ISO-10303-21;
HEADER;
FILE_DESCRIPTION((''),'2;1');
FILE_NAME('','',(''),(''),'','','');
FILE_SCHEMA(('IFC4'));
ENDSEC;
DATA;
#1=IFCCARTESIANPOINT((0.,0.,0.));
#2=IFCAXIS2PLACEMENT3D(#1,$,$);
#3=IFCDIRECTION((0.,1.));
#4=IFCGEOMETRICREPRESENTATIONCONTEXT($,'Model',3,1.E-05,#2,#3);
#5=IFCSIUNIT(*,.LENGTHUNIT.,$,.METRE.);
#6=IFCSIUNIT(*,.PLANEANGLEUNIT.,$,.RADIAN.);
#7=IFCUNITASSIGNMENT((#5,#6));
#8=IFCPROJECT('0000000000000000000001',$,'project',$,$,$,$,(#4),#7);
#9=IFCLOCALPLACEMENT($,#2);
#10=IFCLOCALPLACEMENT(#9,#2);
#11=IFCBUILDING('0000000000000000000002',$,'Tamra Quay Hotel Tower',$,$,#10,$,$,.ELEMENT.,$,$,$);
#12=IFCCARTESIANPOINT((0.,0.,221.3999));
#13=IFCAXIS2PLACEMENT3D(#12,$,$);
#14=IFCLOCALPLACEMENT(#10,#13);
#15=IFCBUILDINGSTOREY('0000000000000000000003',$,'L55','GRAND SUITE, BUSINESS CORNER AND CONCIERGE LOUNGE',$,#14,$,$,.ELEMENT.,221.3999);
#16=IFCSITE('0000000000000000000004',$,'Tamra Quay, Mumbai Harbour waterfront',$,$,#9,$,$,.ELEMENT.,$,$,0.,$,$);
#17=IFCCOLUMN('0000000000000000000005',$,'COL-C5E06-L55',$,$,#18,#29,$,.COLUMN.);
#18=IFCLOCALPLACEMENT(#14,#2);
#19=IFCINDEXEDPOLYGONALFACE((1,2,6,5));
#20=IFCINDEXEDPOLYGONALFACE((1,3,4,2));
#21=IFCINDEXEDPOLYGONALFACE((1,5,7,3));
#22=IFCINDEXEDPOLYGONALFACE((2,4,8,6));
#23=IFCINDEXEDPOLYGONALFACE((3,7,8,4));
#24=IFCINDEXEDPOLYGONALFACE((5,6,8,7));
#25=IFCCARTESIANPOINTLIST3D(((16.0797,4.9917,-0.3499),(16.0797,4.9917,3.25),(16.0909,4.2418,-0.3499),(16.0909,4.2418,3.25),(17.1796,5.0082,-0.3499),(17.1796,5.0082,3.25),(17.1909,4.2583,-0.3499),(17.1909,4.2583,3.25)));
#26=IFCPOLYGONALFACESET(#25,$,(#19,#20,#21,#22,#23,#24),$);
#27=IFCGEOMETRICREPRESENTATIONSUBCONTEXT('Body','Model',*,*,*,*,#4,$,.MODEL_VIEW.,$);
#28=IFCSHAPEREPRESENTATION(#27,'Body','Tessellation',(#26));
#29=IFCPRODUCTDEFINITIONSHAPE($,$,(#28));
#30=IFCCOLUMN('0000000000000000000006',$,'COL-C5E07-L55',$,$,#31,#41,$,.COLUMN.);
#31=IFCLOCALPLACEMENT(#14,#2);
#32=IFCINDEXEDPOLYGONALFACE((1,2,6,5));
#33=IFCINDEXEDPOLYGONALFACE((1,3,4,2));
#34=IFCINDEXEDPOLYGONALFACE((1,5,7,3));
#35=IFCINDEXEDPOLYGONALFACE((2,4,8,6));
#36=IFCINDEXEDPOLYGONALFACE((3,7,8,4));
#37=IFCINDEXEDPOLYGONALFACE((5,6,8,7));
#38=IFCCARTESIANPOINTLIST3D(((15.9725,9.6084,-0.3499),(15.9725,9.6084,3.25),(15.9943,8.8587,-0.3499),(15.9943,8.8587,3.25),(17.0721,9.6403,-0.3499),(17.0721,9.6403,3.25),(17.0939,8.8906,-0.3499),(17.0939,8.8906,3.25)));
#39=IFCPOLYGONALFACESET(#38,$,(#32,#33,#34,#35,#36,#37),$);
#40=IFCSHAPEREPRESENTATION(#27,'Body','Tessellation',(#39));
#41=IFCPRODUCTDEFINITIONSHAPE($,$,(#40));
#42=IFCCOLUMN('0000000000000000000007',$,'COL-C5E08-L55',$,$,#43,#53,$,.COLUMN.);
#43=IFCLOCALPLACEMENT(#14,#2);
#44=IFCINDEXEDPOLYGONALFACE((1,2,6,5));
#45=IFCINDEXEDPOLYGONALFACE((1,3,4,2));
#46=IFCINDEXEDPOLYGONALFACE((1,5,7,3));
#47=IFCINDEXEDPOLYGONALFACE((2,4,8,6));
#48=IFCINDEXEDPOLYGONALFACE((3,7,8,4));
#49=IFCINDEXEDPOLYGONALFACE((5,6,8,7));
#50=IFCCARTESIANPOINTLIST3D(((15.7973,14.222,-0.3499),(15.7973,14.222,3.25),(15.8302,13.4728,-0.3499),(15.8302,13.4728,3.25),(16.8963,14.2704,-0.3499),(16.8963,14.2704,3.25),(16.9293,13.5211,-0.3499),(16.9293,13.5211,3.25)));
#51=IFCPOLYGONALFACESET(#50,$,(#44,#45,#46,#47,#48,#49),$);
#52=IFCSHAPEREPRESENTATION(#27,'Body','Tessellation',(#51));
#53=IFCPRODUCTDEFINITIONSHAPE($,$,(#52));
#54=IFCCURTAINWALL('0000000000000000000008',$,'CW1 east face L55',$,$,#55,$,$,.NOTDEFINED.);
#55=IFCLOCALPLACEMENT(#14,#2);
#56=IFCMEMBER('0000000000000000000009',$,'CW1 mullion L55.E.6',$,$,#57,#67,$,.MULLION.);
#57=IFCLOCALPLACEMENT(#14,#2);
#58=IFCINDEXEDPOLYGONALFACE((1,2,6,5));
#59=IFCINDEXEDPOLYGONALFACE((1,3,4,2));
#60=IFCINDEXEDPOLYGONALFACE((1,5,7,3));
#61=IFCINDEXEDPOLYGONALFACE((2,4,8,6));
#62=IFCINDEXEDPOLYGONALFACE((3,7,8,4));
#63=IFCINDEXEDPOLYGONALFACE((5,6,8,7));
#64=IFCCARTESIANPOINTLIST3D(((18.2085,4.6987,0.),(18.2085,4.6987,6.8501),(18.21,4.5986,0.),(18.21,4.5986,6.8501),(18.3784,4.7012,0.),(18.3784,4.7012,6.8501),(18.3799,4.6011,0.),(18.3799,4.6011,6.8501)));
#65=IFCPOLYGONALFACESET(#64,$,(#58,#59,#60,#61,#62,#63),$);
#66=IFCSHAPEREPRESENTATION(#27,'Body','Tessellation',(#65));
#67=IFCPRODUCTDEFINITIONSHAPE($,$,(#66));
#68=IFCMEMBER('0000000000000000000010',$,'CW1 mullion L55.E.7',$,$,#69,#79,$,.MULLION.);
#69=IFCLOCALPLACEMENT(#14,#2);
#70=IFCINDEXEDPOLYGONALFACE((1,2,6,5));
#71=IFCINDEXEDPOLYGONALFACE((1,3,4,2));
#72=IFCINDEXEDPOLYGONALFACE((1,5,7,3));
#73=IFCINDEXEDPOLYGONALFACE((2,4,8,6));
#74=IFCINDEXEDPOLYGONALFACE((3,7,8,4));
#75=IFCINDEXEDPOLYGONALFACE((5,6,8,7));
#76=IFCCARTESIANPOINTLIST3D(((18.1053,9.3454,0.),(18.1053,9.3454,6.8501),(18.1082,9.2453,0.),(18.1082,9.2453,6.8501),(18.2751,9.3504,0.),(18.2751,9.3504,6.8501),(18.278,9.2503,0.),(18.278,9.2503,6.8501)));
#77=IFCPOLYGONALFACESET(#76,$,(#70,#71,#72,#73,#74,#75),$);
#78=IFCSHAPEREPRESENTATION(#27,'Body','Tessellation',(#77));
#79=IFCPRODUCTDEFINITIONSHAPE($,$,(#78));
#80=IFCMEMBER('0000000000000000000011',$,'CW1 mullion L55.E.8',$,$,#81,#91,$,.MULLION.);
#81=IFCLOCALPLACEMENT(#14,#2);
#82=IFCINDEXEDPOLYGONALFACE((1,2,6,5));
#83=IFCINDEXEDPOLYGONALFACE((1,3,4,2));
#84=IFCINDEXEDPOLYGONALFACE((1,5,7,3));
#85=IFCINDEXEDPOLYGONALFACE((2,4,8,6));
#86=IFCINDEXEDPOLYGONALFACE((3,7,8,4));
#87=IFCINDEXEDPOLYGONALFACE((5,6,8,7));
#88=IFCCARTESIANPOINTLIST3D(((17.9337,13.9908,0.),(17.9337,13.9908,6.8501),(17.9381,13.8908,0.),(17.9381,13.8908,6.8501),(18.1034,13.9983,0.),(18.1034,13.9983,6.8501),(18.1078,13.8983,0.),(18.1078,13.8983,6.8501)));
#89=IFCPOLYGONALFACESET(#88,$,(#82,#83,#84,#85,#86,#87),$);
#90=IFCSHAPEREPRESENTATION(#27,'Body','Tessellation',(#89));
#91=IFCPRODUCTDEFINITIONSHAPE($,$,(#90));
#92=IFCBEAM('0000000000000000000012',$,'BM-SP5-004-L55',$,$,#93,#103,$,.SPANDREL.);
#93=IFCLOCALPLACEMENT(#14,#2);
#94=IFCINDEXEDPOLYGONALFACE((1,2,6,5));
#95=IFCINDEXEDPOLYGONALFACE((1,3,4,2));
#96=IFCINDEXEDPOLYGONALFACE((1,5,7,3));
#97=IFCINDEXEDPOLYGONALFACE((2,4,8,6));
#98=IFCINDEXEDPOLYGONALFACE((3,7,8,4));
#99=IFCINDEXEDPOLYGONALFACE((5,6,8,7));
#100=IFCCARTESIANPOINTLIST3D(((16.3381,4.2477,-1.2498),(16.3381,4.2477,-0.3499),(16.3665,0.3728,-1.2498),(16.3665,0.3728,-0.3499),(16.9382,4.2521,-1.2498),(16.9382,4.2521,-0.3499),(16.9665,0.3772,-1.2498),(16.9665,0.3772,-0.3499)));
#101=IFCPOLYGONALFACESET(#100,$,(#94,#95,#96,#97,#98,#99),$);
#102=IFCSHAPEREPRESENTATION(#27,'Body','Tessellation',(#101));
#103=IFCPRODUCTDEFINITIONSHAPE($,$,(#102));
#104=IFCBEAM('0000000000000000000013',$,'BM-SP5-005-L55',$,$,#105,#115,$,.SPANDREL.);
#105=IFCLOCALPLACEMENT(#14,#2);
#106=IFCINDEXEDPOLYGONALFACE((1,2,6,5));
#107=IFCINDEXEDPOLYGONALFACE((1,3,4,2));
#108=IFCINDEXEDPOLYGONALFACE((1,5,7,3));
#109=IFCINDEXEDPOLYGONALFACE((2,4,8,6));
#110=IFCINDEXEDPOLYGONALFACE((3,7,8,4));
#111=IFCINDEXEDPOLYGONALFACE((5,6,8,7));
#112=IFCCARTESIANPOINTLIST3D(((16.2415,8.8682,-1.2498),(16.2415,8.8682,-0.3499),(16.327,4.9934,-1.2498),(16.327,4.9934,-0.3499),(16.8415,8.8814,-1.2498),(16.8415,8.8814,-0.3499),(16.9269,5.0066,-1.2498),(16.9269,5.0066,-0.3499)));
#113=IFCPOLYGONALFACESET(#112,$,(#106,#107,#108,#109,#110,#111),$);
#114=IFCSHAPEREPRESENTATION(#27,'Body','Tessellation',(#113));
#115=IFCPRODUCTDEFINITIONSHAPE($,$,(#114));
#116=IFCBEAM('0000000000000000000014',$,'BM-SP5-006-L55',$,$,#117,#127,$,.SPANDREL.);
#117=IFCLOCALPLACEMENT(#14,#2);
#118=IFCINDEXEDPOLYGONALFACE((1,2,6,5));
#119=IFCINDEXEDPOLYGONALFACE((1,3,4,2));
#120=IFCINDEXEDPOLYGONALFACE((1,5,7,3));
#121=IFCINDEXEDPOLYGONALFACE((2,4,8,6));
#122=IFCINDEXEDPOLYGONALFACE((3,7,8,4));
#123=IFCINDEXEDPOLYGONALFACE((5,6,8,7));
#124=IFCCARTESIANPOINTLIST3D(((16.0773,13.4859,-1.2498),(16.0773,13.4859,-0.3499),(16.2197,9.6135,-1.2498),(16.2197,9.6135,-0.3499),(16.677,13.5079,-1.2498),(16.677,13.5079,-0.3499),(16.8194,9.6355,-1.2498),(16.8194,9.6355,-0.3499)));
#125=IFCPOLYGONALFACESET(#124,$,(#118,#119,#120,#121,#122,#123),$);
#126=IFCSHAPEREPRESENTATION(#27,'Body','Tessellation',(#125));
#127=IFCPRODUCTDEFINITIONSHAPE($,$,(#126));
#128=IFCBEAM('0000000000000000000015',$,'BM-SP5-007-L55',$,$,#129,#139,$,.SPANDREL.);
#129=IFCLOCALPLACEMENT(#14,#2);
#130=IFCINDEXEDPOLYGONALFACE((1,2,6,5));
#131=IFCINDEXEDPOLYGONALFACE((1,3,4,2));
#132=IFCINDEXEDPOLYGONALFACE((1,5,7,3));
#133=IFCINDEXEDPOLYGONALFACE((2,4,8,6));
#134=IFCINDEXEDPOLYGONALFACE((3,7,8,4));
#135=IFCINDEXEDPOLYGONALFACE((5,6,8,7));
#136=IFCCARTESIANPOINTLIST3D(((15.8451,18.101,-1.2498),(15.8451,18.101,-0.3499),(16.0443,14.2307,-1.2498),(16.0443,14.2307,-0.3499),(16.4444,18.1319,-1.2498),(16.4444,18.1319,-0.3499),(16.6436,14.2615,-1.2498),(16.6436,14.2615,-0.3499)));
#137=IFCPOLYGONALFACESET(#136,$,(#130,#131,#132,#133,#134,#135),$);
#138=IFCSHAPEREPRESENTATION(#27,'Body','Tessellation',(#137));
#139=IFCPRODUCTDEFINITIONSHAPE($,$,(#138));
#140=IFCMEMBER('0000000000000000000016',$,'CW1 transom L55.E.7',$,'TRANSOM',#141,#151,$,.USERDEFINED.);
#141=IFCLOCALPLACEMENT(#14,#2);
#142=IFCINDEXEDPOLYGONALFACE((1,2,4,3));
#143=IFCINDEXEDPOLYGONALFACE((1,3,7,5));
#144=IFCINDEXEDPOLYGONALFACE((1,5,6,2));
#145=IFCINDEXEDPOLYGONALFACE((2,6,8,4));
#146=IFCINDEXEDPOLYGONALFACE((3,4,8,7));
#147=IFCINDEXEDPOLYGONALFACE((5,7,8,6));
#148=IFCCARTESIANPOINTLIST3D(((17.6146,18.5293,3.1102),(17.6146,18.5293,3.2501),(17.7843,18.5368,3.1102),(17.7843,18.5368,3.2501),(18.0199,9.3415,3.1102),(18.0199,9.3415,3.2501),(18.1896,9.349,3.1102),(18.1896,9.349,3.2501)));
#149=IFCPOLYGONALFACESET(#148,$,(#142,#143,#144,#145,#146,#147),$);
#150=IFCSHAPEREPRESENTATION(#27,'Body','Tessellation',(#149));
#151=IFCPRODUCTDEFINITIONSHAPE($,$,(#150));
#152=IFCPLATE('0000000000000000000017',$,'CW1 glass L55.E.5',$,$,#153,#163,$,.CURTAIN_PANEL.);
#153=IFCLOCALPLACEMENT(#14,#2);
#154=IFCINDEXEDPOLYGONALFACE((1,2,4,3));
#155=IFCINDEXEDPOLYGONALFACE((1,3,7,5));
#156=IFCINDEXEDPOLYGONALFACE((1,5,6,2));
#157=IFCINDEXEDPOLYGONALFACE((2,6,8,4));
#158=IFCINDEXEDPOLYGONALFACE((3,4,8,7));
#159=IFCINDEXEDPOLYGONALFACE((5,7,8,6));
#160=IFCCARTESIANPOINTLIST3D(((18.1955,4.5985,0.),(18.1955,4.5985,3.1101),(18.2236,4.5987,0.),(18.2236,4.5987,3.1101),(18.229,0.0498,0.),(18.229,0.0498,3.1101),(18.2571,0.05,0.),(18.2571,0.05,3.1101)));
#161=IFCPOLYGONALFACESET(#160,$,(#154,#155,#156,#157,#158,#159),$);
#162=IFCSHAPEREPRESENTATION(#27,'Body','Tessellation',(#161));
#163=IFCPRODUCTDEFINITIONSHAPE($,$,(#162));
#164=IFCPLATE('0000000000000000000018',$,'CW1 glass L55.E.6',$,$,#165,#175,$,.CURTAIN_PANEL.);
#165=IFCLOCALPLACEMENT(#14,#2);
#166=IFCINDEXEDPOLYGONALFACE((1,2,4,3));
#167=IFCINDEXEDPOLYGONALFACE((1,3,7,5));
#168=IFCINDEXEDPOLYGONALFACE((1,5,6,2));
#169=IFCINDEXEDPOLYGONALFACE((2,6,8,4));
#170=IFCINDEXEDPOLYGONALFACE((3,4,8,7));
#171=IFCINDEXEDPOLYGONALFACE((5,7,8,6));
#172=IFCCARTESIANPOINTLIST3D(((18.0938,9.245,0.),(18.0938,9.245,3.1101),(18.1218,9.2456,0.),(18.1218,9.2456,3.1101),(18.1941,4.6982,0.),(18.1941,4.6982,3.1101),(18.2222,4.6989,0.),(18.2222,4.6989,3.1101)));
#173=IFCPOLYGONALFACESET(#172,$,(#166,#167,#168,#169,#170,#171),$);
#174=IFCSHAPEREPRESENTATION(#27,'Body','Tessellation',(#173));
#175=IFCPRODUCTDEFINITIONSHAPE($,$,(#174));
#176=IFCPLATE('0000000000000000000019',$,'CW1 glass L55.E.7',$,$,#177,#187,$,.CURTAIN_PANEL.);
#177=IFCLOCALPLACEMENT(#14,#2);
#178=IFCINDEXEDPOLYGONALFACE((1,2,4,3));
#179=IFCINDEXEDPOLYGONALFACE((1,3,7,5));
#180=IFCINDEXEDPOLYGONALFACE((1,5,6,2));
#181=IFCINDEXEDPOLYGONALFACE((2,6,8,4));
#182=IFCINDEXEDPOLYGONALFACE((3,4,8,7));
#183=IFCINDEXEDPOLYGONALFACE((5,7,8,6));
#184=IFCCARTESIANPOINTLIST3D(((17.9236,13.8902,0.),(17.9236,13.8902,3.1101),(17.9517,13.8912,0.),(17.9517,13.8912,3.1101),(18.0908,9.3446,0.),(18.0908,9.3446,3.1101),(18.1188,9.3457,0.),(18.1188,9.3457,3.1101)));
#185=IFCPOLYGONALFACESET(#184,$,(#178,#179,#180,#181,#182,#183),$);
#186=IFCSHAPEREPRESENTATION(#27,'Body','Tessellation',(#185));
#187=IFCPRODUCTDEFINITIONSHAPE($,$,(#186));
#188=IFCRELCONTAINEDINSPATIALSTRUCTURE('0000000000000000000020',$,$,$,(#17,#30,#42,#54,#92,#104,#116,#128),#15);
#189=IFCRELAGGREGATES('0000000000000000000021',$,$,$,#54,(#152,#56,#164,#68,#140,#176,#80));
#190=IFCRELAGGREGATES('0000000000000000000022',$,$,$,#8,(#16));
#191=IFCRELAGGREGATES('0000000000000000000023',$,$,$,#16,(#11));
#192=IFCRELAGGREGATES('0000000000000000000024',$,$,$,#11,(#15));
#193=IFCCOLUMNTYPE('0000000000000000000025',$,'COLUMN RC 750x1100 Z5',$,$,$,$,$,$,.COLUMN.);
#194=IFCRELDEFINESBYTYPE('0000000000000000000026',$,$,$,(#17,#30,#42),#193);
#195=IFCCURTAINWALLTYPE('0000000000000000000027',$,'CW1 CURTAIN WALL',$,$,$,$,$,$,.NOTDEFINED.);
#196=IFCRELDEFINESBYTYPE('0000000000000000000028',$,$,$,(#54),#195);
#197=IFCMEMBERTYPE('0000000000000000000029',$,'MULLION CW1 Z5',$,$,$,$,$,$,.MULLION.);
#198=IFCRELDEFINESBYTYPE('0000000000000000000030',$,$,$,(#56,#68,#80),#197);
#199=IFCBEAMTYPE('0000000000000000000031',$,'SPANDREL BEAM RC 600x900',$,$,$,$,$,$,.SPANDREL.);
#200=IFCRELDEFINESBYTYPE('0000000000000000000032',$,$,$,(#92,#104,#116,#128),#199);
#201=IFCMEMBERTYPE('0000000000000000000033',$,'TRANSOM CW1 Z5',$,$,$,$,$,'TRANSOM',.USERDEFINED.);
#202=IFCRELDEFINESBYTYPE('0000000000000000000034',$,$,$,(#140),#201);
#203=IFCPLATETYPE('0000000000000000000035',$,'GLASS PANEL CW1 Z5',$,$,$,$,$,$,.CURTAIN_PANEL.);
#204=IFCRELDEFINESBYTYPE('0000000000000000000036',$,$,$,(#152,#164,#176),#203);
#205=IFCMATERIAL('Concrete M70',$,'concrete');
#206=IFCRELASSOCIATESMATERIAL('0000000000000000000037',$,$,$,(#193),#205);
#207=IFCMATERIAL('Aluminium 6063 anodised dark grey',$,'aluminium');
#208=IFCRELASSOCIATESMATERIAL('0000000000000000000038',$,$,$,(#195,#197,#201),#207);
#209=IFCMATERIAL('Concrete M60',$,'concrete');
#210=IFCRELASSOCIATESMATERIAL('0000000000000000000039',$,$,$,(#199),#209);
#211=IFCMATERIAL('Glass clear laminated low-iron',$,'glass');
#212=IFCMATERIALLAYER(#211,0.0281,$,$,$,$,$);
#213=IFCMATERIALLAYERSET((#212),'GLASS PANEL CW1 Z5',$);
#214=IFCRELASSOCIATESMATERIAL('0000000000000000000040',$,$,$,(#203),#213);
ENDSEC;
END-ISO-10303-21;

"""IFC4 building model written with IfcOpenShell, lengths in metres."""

from ifc_helpers import new_model, si_unit, direction, frame, origin, origin_2d, place, context, subcontext, project, spatial, rectangle, extrude, material, layer, layer_set, material_profile, profile_set, type_object, element, aggregate, save


model = new_model("IFC4")

# Units and contexts
model_context = context("Model", 3, precision=1e-05, world=origin(), true_north=direction((0.0, 1.0)))
body_context = subcontext(model_context, "Body", "Model", "MODEL_VIEW")
ifc_project = project(units=[si_unit("LENGTHUNIT", "METRE"), si_unit("PLANEANGLEUNIT", "RADIAN")], contexts=[model_context])

# Site, building, storey
site_placement = place(None, origin())
site = spatial("IfcSite", under=ifc_project, at=site_placement, Name="Tamra Quay, Mumbai Harbour waterfront", CompositionType="ELEMENT", RefElevation=0.0)
building_placement = place(site_placement, origin())
building = spatial("IfcBuilding", under=site, at=building_placement, Name="Tamra Quay Hotel Tower", CompositionType="ELEMENT")
storey_placement = place(building_placement, frame((0.0, 0.0, 221.3999)))
storey = spatial("IfcBuildingStorey", under=building, at=storey_placement, Name="L55", Description="GRAND SUITE, BUSINESS CORNER AND CONCIERGE LOUNGE", CompositionType="ELEMENT", Elevation=221.3999)

# Columns
ifc_material_1 = material(Name="Concrete M70", Category="concrete")
ifc_material_profile_1 = material_profile(ifc_material_1, rectangle(XDim=1.1001, YDim=0.75, at=origin_2d()), Name="COLUMN RC 750x1100 Z5")
ifc_profile_set_1 = profile_set([ifc_material_profile_1], Name="Concrete M70")
column_type = type_object("IfcColumnType", Name="COLUMN RC 750x1100 Z5", PredefinedType="COLUMN", material=ifc_profile_set_1)
for number, where, z_axis, x_axis, name in (
    (1, (16.6353, 4.625, -0.3499), (0.0, 0.0, 1.0), (0.999888, 0.014959, 0.0), "COL-C5E06-L55"),
    (2, (16.5332, 9.2495, -0.3499), (0.0, 0.0, 1.0), (0.999579, 0.029028, 0.0), "COL-C5E07-L55"),
    (3, (16.3633, 13.8716, -0.3499), (0.0, 0.0, 1.0), (0.999033, 0.043958, 0.0), "COL-C5E08-L55"),
):
    element("IfcColumn", number, at=place(storey_placement, frame(where, z_axis=z_axis, x_axis=x_axis)), inside=storey, type_object=column_type, Name=name, PredefinedType="COLUMN", context=body_context, shape_type="SweptSolid", body=[
        extrude(rectangle(XDim=1.1001, YDim=0.75, at=origin_2d()), origin(), (0.0, 0.0, 1.0), 3.5999),
    ])

# Curtain wall, members
ifc_material_2 = material(Name="Aluminium 6063 anodised dark grey", Category="aluminium")
curtain_wall_type = type_object("IfcCurtainWallType", Name="CW1 CURTAIN WALL", PredefinedType="NOTDEFINED", material=ifc_material_2)
curtain_wall_placement = place(storey_placement, origin())
curtain_wall = element("IfcCurtainWall", 4, at=curtain_wall_placement, inside=storey, type_object=curtain_wall_type, Name="CW1 east face L55", PredefinedType="NOTDEFINED")
ifc_material_profile_2 = material_profile(ifc_material_2, rectangle(XDim=0.1699, YDim=0.1001, at=origin_2d()), Name="MULLION 100X170")
ifc_profile_set_2 = profile_set([ifc_material_profile_2], Name="Aluminium 6063 anodised dark grey")
member_type_1 = type_object("IfcMemberType", Name="MULLION CW1 Z5", PredefinedType="MULLION", material=ifc_profile_set_2)
member_1_placement = place(storey_placement, frame((18.2942, 4.6499, 0.0), z_axis=(0.0, 0.0, 1.0), x_axis=(0.999892, 0.014713, 0.0)))
member_1 = element("IfcMember", 5, at=member_1_placement, type_object=member_type_1, Name="CW1 mullion L55.E.6", PredefinedType="MULLION", context=body_context, shape_type="SweptSolid", body=[
    extrude(rectangle(XDim=0.1699, YDim=0.1001, at=origin_2d()), origin(), (0.0, 0.0, 1.0), 6.8501),
])
member_2_placement = place(storey_placement, frame((18.1917, 9.2979, 0.0), z_axis=(0.0, 0.0, 1.0), x_axis=(0.999568, 0.029405, 0.0)))
member_2 = element("IfcMember", 6, at=member_2_placement, type_object=member_type_1, Name="CW1 mullion L55.E.7", PredefinedType="MULLION", context=body_context, shape_type="SweptSolid", body=[
    extrude(rectangle(XDim=0.1699, YDim=0.1001, at=origin_2d()), origin(), (0.0, 0.0, 1.0), 6.8501),
])
member_3_placement = place(storey_placement, frame((18.0208, 13.9446, 0.0), z_axis=(0.0, 0.0, 1.0), x_axis=(0.999028, 0.044075, 0.0)))
member_3 = element("IfcMember", 7, at=member_3_placement, type_object=member_type_1, Name="CW1 mullion L55.E.8", PredefinedType="MULLION", context=body_context, shape_type="SweptSolid", body=[
    extrude(rectangle(XDim=0.1699, YDim=0.1001, at=origin_2d()), origin(), (0.0, 0.0, 1.0), 6.8501),
])

# Beams
ifc_material_3 = material(Name="Concrete M60", Category="concrete")
ifc_material_profile_3 = material_profile(ifc_material_3, rectangle(XDim=0.6001, YDim=0.8999, at=origin_2d()), Name="SPANDREL BEAM RC 600x900")
ifc_profile_set_3 = profile_set([ifc_material_profile_3], Name="Concrete M60")
beam_type = type_object("IfcBeamType", Name="SPANDREL BEAM RC 600x900", PredefinedType="SPANDREL", material=ifc_profile_set_3)
beam_1_placement = place(storey_placement, frame((16.6665, 0.375, -0.7998), z_axis=(-0.007308, 0.999973, 0.0), x_axis=(-0.999973, -0.007308, 0.0)))
element("IfcBeam", 8, at=beam_1_placement, inside=storey, type_object=beam_type, Name="BM-SP5-004-L55", PredefinedType="SPANDREL", context=body_context, shape_type="SweptSolid", body=[
    extrude(rectangle(XDim=0.6001, YDim=0.8999, at=origin_2d()), origin(), (0.0, 0.0, 1.0), 3.875),
])
beam_2_placement = place(storey_placement, frame((16.627, 5.0, -0.7998), z_axis=(-0.022047, 0.999757, 0.0), x_axis=(-0.999757, -0.022047, 0.0)))
element("IfcBeam", 9, at=beam_2_placement, inside=storey, type_object=beam_type, Name="BM-SP5-005-L55", PredefinedType="SPANDREL", context=body_context, shape_type="SweptSolid", body=[
    extrude(rectangle(XDim=0.6001, YDim=0.8999, at=origin_2d()), origin(), (0.0, 0.0, 1.0), 3.8757),
])
beam_3_placement = place(storey_placement, frame((16.5195, 9.6245, -0.7998), z_axis=(-0.036732, 0.999325, 0.0), x_axis=(-0.999325, -0.036732, 0.0)))
element("IfcBeam", 10, at=beam_3_placement, inside=storey, type_object=beam_type, Name="BM-SP5-006-L55", PredefinedType="SPANDREL", context=body_context, shape_type="SweptSolid", body=[
    extrude(rectangle(XDim=0.6001, YDim=0.8999, at=origin_2d()), origin(), (0.0, 0.0, 1.0), 3.875),
])
beam_4_placement = place(storey_placement, frame((16.344, 14.2461, -0.7998), z_axis=(-0.051405, 0.998678, 0.0), x_axis=(-0.998678, -0.051405, 0.0)))
element("IfcBeam", 11, at=beam_4_placement, inside=storey, type_object=beam_type, Name="BM-SP5-007-L55", PredefinedType="SPANDREL", context=body_context, shape_type="SweptSolid", body=[
    extrude(rectangle(XDim=0.6001, YDim=0.8999, at=origin_2d()), origin(), (0.0, 0.0, 1.0), 3.8755),
])

# Member
ifc_material_profile_4 = material_profile(ifc_material_2, rectangle(XDim=0.1699, YDim=0.1399, at=origin_2d()), Name="TRANSOM 170X140")
ifc_profile_set_4 = profile_set([ifc_material_profile_4], Name="Aluminium 6063 anodised dark grey")
member_type_2 = type_object("IfcMemberType", Name="TRANSOM CW1 Z5", ElementType="TRANSOM", PredefinedType="USERDEFINED", material=ifc_profile_set_4)
member_4_placement = place(storey_placement, frame((18.1047, 9.3452, 3.1802), z_axis=(-0.044067, 0.999029, 0.0), x_axis=(-0.999029, -0.044067, 0.0)))
member_4 = element("IfcMember", 12, at=member_4_placement, type_object=member_type_2, Name="CW1 transom L55.E.7", ObjectType="TRANSOM", PredefinedType="USERDEFINED", context=body_context, shape_type="SweptSolid", body=[
    extrude(rectangle(XDim=0.1699, YDim=0.1399, at=origin_2d()), origin(), (0.0, 0.0, 1.0), 9.1968),
])

# Plates
ifc_material_4 = material(Name="Glass clear laminated low-iron", Category="glass")
ifc_layer_1 = layer(ifc_material_4, 0.0281)
ifc_layer_set_1 = layer_set([ifc_layer_1], Name="GLASS PANEL CW1 Z5")
plate_type = type_object("IfcPlateType", Name="GLASS PANEL CW1 Z5", PredefinedType="CURTAIN_PANEL", material=ifc_layer_set_1)
plate_1_placement = place(storey_placement, frame((18.2263, 2.3242, 0.0), z_axis=(0.0, 0.0, 1.0), x_axis=(-0.007362, 0.999973, 0.0)))
plate_1 = element("IfcPlate", 13, at=plate_1_placement, type_object=plate_type, Name="CW1 glass L55.E.5", PredefinedType="CURTAIN_PANEL", context=body_context, shape_type="SweptSolid", body=[
    extrude(rectangle(XDim=4.5488, YDim=0.0281, at=origin_2d()), origin(), (0.0, 0.0, 1.0), 3.1101),
])
plate_2_placement = place(storey_placement, frame((18.158, 6.9719, 0.0), z_axis=(0.0, 0.0, 1.0), x_axis=(-0.022063, 0.999757, 0.0)))
plate_2 = element("IfcPlate", 14, at=plate_2_placement, type_object=plate_type, Name="CW1 glass L55.E.6", PredefinedType="CURTAIN_PANEL", context=body_context, shape_type="SweptSolid", body=[
    extrude(rectangle(XDim=4.5479, YDim=0.0281, at=origin_2d()), origin(), (0.0, 0.0, 1.0), 3.1101),
])
plate_3_placement = place(storey_placement, frame((18.0212, 11.6179, 0.0), z_axis=(0.0, 0.0, 1.0), x_axis=(-0.036745, 0.999325, 0.0)))
plate_3 = element("IfcPlate", 15, at=plate_3_placement, type_object=plate_type, Name="CW1 glass L55.E.7", PredefinedType="CURTAIN_PANEL", context=body_context, shape_type="SweptSolid", body=[
    extrude(rectangle(XDim=4.5486, YDim=0.0281, at=origin_2d()), origin(), (0.0, 0.0, 1.0), 3.1101),
])
aggregate(curtain_wall, [plate_1, member_1, plate_2, member_2, member_4, plate_3, member_3])

save(model, "model.ifc")
